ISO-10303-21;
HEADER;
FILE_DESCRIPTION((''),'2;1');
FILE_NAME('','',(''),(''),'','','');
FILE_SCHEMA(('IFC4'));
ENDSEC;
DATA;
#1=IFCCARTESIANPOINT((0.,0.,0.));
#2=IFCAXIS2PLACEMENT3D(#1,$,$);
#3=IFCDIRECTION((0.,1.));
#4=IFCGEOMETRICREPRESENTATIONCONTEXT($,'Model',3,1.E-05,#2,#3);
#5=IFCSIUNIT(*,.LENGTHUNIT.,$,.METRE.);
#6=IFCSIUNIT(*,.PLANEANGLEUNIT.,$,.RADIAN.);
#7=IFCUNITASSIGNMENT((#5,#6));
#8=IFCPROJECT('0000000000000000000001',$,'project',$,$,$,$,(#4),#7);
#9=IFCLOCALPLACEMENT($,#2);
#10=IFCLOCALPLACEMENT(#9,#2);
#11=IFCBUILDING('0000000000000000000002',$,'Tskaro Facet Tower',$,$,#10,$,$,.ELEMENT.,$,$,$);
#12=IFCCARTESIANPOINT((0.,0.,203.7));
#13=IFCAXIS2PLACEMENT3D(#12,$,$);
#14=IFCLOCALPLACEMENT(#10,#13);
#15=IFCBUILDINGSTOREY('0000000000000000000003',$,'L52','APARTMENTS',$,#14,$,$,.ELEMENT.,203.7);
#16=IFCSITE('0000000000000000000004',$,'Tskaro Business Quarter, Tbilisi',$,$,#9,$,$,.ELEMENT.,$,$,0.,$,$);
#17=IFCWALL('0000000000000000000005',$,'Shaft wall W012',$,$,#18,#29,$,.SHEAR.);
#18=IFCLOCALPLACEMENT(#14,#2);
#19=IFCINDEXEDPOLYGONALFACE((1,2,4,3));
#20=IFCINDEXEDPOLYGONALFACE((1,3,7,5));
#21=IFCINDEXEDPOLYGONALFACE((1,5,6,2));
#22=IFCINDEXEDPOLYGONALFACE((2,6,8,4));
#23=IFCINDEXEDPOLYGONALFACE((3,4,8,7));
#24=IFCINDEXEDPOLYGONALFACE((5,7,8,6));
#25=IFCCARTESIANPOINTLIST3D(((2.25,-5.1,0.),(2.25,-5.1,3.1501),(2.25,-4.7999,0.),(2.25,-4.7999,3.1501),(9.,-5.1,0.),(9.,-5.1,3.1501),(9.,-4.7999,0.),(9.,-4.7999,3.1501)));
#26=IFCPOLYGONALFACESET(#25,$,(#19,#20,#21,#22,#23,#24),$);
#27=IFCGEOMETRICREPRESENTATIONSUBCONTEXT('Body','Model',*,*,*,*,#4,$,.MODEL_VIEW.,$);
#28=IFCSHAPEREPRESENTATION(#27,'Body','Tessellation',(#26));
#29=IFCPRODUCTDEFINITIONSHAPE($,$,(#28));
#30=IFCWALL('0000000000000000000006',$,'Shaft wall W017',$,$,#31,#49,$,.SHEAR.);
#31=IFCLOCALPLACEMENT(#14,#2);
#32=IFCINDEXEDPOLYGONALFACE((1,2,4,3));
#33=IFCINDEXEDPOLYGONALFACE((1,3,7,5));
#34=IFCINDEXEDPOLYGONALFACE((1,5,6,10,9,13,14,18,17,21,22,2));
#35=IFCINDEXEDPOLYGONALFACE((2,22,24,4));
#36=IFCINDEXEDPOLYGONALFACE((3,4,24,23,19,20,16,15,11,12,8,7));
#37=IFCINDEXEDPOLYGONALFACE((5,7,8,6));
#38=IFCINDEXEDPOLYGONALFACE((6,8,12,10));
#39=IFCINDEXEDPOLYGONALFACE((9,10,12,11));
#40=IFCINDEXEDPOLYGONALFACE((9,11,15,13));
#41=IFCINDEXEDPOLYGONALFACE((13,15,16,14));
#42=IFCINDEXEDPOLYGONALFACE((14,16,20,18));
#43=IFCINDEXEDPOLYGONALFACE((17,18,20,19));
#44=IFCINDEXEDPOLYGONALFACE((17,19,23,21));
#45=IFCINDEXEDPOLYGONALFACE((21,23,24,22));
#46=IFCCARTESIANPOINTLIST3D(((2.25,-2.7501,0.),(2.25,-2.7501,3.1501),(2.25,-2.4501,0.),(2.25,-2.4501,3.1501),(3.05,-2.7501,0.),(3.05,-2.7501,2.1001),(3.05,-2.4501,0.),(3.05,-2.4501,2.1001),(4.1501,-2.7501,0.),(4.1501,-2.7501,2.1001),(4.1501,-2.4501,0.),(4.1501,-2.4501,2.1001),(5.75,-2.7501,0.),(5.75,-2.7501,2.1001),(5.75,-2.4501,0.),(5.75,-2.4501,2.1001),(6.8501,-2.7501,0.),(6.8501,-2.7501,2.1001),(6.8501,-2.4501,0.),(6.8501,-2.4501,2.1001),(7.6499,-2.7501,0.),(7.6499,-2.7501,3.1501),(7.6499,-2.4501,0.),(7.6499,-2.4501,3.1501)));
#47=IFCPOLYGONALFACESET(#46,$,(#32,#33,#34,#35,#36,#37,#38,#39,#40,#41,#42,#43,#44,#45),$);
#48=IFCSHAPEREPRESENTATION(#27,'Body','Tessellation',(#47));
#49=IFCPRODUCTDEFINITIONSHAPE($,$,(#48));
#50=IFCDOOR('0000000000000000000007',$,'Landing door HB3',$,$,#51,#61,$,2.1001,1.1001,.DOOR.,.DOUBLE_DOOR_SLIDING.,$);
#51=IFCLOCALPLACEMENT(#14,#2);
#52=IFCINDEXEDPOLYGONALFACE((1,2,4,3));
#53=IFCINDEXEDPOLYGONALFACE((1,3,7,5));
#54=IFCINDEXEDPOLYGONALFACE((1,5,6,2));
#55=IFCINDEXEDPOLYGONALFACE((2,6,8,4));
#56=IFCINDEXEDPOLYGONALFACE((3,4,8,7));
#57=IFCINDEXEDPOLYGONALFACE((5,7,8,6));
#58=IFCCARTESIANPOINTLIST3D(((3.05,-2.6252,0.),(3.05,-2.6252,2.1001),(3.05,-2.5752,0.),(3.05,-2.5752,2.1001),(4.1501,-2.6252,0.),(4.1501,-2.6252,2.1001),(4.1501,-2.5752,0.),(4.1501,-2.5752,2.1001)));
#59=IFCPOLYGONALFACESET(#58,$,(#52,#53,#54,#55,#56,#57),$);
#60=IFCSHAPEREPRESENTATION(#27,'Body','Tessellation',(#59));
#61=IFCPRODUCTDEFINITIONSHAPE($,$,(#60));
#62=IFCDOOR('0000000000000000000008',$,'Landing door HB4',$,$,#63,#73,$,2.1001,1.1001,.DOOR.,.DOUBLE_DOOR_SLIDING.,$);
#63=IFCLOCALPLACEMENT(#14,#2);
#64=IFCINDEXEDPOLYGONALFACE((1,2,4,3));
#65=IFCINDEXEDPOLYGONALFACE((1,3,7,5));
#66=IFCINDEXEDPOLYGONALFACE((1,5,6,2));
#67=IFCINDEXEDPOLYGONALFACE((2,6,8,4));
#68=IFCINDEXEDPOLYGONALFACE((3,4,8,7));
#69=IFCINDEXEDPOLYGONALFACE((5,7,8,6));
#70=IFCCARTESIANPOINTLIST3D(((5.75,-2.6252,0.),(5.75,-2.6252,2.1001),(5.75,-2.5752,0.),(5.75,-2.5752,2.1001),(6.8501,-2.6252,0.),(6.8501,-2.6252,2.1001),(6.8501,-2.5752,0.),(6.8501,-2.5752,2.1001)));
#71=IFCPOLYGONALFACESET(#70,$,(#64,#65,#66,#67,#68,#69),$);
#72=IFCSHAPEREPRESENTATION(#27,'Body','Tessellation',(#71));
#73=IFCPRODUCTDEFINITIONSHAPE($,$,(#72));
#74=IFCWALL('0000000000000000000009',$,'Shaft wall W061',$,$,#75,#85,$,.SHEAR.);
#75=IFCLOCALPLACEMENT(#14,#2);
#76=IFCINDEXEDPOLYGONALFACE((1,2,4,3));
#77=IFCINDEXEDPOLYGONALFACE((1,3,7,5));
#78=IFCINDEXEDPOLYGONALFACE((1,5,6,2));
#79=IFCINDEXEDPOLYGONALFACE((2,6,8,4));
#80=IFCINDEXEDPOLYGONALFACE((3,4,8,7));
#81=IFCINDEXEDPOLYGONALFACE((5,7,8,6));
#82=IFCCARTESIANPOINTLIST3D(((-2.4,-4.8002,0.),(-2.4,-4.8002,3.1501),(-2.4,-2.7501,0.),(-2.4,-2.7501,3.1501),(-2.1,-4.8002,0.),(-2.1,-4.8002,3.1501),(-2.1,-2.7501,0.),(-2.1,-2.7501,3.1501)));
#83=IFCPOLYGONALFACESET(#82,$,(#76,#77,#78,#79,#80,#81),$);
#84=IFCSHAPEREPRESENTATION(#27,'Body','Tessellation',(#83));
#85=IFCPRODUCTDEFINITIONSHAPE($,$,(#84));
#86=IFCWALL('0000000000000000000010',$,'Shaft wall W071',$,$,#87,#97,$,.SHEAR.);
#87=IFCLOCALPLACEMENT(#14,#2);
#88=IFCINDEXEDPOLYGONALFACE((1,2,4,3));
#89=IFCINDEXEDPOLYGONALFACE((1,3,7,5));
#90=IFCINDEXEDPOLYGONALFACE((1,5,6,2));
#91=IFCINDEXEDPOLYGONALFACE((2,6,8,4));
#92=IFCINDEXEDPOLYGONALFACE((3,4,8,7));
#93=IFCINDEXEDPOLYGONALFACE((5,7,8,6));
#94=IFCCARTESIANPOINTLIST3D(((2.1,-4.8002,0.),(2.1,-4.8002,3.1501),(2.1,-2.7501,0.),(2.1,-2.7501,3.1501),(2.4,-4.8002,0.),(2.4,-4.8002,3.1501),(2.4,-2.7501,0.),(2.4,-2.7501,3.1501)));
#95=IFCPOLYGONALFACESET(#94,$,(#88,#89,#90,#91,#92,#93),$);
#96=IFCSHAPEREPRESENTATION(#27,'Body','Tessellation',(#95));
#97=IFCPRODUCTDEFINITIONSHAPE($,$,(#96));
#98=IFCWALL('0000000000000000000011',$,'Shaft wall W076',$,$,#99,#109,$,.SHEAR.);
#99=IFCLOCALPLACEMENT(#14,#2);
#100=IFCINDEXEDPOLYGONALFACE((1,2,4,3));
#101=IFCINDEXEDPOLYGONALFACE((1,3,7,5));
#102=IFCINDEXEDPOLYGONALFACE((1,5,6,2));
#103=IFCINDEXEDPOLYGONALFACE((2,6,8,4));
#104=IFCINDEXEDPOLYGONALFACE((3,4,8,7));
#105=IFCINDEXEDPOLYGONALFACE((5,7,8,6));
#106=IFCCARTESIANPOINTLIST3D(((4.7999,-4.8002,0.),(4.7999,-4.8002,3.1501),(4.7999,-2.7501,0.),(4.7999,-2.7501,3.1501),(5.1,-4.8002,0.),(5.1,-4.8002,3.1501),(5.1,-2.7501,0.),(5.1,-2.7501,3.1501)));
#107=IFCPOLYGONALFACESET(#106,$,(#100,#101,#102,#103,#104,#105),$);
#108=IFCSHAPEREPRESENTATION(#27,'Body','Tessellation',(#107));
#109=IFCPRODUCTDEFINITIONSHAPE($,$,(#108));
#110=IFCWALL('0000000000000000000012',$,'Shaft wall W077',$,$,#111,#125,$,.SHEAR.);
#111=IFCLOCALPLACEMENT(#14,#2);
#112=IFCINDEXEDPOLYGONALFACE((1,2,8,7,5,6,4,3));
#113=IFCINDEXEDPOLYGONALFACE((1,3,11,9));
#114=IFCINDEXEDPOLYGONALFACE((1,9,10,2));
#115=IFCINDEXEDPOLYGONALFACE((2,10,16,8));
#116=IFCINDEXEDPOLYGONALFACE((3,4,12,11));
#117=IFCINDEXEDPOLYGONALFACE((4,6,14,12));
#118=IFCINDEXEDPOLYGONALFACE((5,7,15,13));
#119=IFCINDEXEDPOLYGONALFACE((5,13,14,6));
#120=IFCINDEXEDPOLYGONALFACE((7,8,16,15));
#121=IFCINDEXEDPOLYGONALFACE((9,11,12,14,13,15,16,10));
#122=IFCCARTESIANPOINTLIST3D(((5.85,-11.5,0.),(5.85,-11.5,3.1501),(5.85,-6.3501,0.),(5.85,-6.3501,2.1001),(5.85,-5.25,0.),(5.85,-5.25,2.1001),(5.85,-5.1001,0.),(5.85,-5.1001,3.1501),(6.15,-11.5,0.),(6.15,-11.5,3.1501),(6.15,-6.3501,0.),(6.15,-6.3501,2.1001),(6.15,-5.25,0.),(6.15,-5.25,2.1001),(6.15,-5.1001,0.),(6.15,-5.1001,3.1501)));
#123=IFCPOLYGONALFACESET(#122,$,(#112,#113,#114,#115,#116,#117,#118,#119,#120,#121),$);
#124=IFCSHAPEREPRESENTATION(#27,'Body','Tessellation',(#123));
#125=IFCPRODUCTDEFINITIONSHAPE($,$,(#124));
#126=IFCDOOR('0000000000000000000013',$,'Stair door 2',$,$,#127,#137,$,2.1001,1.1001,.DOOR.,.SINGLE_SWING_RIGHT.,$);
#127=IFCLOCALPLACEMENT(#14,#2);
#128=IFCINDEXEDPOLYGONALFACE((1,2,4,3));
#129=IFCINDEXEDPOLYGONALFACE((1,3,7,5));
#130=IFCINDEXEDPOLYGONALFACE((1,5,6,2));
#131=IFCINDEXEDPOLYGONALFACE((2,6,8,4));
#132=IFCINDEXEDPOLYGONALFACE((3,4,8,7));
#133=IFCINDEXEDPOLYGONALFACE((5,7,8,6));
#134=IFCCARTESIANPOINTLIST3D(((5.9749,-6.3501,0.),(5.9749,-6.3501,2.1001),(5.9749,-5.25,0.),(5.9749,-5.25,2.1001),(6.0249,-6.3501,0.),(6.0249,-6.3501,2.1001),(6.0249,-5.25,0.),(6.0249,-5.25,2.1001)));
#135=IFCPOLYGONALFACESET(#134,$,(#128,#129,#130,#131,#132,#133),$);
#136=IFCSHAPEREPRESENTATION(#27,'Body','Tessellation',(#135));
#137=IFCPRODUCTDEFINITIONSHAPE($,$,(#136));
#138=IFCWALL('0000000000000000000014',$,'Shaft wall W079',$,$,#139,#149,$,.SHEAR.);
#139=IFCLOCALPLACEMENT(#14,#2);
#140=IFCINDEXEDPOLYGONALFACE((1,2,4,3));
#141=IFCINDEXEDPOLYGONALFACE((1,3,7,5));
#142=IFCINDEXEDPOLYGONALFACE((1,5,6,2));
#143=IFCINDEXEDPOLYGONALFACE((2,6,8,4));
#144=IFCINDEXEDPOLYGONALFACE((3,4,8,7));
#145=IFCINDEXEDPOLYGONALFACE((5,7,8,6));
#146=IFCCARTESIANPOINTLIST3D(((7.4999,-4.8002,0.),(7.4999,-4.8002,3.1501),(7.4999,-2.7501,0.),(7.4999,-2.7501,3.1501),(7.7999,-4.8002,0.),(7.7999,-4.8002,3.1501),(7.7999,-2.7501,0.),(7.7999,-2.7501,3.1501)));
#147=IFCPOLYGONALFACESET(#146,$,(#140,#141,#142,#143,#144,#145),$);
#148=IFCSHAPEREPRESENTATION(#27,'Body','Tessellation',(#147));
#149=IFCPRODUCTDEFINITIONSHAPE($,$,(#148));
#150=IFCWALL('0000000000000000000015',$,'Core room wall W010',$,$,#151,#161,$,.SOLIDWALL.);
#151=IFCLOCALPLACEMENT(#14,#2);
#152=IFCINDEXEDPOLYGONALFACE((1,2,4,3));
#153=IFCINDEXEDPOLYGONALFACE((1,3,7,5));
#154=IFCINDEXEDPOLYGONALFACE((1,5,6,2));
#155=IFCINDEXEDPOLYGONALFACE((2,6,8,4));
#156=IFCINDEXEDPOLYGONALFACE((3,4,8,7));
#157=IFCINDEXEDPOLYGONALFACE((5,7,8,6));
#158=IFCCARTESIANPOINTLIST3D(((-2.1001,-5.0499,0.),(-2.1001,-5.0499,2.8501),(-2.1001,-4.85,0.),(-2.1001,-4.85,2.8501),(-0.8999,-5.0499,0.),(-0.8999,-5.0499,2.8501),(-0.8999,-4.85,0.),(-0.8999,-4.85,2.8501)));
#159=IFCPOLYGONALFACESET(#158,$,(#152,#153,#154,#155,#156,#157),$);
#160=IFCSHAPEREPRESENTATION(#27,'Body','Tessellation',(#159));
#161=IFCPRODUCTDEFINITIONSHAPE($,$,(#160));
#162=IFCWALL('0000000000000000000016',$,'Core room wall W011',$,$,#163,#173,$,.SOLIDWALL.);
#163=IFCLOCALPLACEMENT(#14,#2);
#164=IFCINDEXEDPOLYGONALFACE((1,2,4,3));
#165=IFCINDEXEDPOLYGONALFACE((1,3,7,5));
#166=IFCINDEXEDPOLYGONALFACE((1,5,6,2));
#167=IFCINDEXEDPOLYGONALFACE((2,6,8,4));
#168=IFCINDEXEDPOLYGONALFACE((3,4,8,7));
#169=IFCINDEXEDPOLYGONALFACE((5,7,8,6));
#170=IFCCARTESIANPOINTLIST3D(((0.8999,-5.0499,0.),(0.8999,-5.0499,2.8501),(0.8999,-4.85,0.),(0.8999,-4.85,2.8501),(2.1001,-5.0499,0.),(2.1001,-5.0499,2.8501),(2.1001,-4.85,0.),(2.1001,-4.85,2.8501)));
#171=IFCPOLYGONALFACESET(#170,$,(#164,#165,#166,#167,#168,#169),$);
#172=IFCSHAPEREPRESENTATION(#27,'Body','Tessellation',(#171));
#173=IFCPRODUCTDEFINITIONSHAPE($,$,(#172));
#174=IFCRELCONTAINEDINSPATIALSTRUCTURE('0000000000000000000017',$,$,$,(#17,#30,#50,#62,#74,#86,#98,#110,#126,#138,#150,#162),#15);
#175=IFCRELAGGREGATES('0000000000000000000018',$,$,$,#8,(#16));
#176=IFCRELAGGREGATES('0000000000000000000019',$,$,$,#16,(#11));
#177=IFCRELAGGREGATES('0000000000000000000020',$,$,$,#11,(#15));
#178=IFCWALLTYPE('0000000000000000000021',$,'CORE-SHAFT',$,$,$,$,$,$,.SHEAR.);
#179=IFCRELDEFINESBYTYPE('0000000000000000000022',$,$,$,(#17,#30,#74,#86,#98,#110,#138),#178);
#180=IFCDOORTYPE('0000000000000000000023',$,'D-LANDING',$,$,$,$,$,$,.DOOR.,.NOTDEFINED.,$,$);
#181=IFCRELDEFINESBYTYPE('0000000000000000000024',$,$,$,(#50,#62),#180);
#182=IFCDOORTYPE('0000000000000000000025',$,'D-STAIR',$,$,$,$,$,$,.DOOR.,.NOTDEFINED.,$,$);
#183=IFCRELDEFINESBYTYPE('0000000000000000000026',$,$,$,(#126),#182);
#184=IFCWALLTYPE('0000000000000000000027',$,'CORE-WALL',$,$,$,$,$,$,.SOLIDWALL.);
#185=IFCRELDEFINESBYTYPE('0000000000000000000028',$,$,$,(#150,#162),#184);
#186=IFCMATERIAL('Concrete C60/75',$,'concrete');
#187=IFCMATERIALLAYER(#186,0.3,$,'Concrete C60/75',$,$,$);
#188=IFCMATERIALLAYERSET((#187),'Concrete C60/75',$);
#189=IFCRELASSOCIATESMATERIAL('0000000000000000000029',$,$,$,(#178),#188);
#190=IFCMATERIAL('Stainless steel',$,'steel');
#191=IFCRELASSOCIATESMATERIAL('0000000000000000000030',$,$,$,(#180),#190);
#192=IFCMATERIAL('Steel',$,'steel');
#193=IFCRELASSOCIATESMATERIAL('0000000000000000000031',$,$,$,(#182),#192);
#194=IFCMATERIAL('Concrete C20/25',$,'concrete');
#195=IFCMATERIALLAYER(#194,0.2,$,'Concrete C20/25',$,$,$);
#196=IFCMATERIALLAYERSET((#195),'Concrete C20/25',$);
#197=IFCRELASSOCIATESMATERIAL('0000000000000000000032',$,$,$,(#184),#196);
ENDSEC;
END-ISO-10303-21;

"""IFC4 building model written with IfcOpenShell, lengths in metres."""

from ifc_helpers import new_model, si_unit, direction, frame, frame_2d, origin, place, context, subcontext, project, spatial, rectangle, extrude, material, layer, layer_set, type_object, element, fill, save


model = new_model("IFC4")

# Units and contexts
model_context = context("Model", 3, precision=1e-05, world=origin(), true_north=direction((0.0, 1.0)))
body_context = subcontext(model_context, "Body", "Model", "MODEL_VIEW")
ifc_project = project(units=[si_unit("LENGTHUNIT", "METRE"), si_unit("PLANEANGLEUNIT", "RADIAN")], contexts=[model_context])

# Site, building, storey
site_placement = place(None, origin())
site = spatial("IfcSite", under=ifc_project, at=site_placement, Name="Tskaro Business Quarter, Tbilisi", CompositionType="ELEMENT", RefElevation=0.0)
building_placement = place(site_placement, origin())
building = spatial("IfcBuilding", under=site, at=building_placement, Name="Tskaro Facet Tower", CompositionType="ELEMENT")
storey_placement = place(building_placement, frame((0.0, 0.0, 203.7)))
storey = spatial("IfcBuildingStorey", under=building, at=storey_placement, Name="L52", Description="APARTMENTS", CompositionType="ELEMENT", Elevation=203.7)

# Shared definitions
ifc_material_1 = material(Name="Concrete C60/75", Category="concrete")

# Wall
ifc_layer_1 = layer(ifc_material_1, 0.3, Name="Concrete C60/75")
ifc_layer_set_1 = layer_set([ifc_layer_1], Name="Concrete C60/75")
wall_type_1 = type_object("IfcWallType", Name="CORE-SHAFT", PredefinedType="SHEAR", material=ifc_layer_set_1)
wall_1_placement = place(storey_placement, frame((2.25, -4.95, 0.0), z_axis=(0.0, 0.0, 1.0), x_axis=(1.0, 0.0, 0.0)))
element("IfcWall", 1, at=wall_1_placement, inside=storey, type_object=wall_type_1, Name="Shaft wall W012", PredefinedType="SHEAR", context=body_context, shape_type="SweptSolid", body=[
    extrude(rectangle(XDim=6.75, YDim=0.3, at=frame_2d((3.375, 0.0))), origin(), (0.0, 0.0, 1.0), 3.1501),
])

# Wall, openings, doors
wall_2_placement = place(storey_placement, frame((2.25, -2.6001, 0.0), z_axis=(0.0, 0.0, 1.0), x_axis=(1.0, 0.0, 0.0)))
wall_2 = element("IfcWall", 2, at=wall_2_placement, inside=storey, type_object=wall_type_1, Name="Shaft wall W017", PredefinedType="SHEAR", context=body_context, shape_type="SweptSolid", body=[
    extrude(rectangle(XDim=5.3999, YDim=0.3, at=frame_2d((2.7, 0.0))), origin(), (0.0, 0.0, 1.0), 3.1501),
])
opening_1_placement = place(wall_2_placement, frame((0.8, 0.0, 0.0)))
opening_1 = element("IfcOpeningElement", 3, at=opening_1_placement, cuts=wall_2, PredefinedType="OPENING", context=body_context, shape_type="SweptSolid", body=[
    extrude(rectangle(XDim=1.1001, YDim=2.1001, at=frame_2d((0.55, 1.05))), frame((0.0, 0.1599, 0.0), z_axis=(0.0, -1.0, 0.0), x_axis=(1.0, 0.0, 0.0)), (0.0, 0.0, 1.0), 0.3201),
])
opening_2_placement = place(wall_2_placement, frame((3.5, 0.0, 0.0)))
opening_2 = element("IfcOpeningElement", 4, at=opening_2_placement, cuts=wall_2, PredefinedType="OPENING", context=body_context, shape_type="SweptSolid", body=[
    extrude(rectangle(XDim=1.1001, YDim=2.1001, at=frame_2d((0.55, 1.05))), frame((0.0, 0.1599, 0.0), z_axis=(0.0, -1.0, 0.0), x_axis=(1.0, 0.0, 0.0)), (0.0, 0.0, 1.0), 0.3201),
])
ifc_material_2 = material(Name="Stainless steel", Category="steel")
door_type_1 = type_object("IfcDoorType", Name="D-LANDING", OperationType="NOTDEFINED", PredefinedType="DOOR", material=ifc_material_2)
door_1_placement = place(opening_1_placement, origin())
door_1 = element("IfcDoor", 5, at=door_1_placement, inside=storey, type_object=door_type_1, Name="Landing door HB3", OperationType="DOUBLE_DOOR_SLIDING", OverallHeight=2.1001, OverallWidth=1.1001, PredefinedType="DOOR", context=body_context, shape_type="SweptSolid", body=[
    extrude(rectangle(XDim=1.1001, YDim=2.1001, at=frame_2d((0.55, 1.05))), frame((0.0, 0.0249, 0.0), z_axis=(0.0, -1.0, 0.0), x_axis=(1.0, 0.0, 0.0)), (0.0, 0.0, 1.0), 0.05),
])
fill(opening_1, door_1)
door_2_placement = place(opening_2_placement, origin())
door_2 = element("IfcDoor", 6, at=door_2_placement, inside=storey, type_object=door_type_1, Name="Landing door HB4", OperationType="DOUBLE_DOOR_SLIDING", OverallHeight=2.1001, OverallWidth=1.1001, PredefinedType="DOOR", context=body_context, shape_type="SweptSolid", body=[
    extrude(rectangle(XDim=1.1001, YDim=2.1001, at=frame_2d((0.55, 1.05))), frame((0.0, 0.0249, 0.0), z_axis=(0.0, -1.0, 0.0), x_axis=(1.0, 0.0, 0.0)), (0.0, 0.0, 1.0), 0.05),
])
fill(opening_2, door_2)

# Walls
for number, where, z_axis, x_axis, name in (
    (7, (-2.25, -4.8, 0.0), (0.0, 0.0, 1.0), (0.0, 1.0, 0.0), "Shaft wall W061"),
    (8, (2.25, -4.8, 0.0), (0.0, 0.0, 1.0), (0.0, 1.0, 0.0), "Shaft wall W071"),
    (9, (4.95, -4.8, 0.0), (0.0, 0.0, 1.0), (0.0, 1.0, 0.0), "Shaft wall W076"),
):
    element("IfcWall", number, at=place(storey_placement, frame(where, z_axis=z_axis, x_axis=x_axis)), inside=storey, type_object=wall_type_1, Name=name, PredefinedType="SHEAR", context=body_context, shape_type="SweptSolid", body=[
        extrude(rectangle(XDim=2.05, YDim=0.3, at=frame_2d((1.0249, 0.0))), origin(), (0.0, 0.0, 1.0), 3.1501),
    ])

# Wall, opening, door
wall_3_placement = place(storey_placement, frame((6.0, -5.1001, 0.0), z_axis=(0.0, 0.0, 1.0), x_axis=(0.0, -1.0, 0.0)))
wall_3 = element("IfcWall", 10, at=wall_3_placement, inside=storey, type_object=wall_type_1, Name="Shaft wall W077", PredefinedType="SHEAR", context=body_context, shape_type="SweptSolid", body=[
    extrude(rectangle(XDim=6.3999, YDim=0.3, at=frame_2d((3.2, 0.0))), origin(), (0.0, 0.0, 1.0), 3.1501),
])
opening_3_placement = place(wall_3_placement, frame((0.1499, 0.0, 0.0)))
opening_3 = element("IfcOpeningElement", 11, at=opening_3_placement, cuts=wall_3, PredefinedType="OPENING", context=body_context, shape_type="SweptSolid", body=[
    extrude(rectangle(XDim=1.1001, YDim=2.1001, at=frame_2d((0.55, 1.05))), frame((0.0, 0.1599, 0.0), z_axis=(0.0, -1.0, 0.0), x_axis=(1.0, 0.0, 0.0)), (0.0, 0.0, 1.0), 0.3201),
])
ifc_material_3 = material(Name="Steel", Category="steel")
door_type_2 = type_object("IfcDoorType", Name="D-STAIR", OperationType="NOTDEFINED", PredefinedType="DOOR", material=ifc_material_3)
door_3_placement = place(opening_3_placement, origin())
door_3 = element("IfcDoor", 12, at=door_3_placement, inside=storey, type_object=door_type_2, Name="Stair door 2", OperationType="SINGLE_SWING_RIGHT", OverallHeight=2.1001, OverallWidth=1.1001, PredefinedType="DOOR", context=body_context, shape_type="SweptSolid", body=[
    extrude(rectangle(XDim=1.1001, YDim=2.1001, at=frame_2d((0.55, 1.05))), frame((0.0, 0.0249, 0.0), z_axis=(0.0, -1.0, 0.0), x_axis=(1.0, 0.0, 0.0)), (0.0, 0.0, 1.0), 0.05),
])
fill(opening_3, door_3)

# Walls
wall_4_placement = place(storey_placement, frame((7.6499, -4.8, 0.0), z_axis=(0.0, 0.0, 1.0), x_axis=(0.0, 1.0, 0.0)))
element("IfcWall", 13, at=wall_4_placement, inside=storey, type_object=wall_type_1, Name="Shaft wall W079", PredefinedType="SHEAR", context=body_context, shape_type="SweptSolid", body=[
    extrude(rectangle(XDim=2.05, YDim=0.3, at=frame_2d((1.0249, 0.0))), origin(), (0.0, 0.0, 1.0), 3.1501),
])
ifc_material_4 = material(Name="Concrete C20/25", Category="concrete")
ifc_layer_2 = layer(ifc_material_4, 0.2, Name="Concrete C20/25")
ifc_layer_set_2 = layer_set([ifc_layer_2], Name="Concrete C20/25")
wall_type_2 = type_object("IfcWallType", Name="CORE-WALL", PredefinedType="SOLIDWALL", material=ifc_layer_set_2)
for number, where, z_axis, x_axis, name in (
    (14, (-2.1001, -4.95, 0.0), (0.0, 0.0, 1.0), (1.0, 0.0, 0.0), "Core room wall W010"),
    (15, (0.8999, -4.95, 0.0), (0.0, 0.0, 1.0), (1.0, 0.0, 0.0), "Core room wall W011"),
):
    element("IfcWall", number, at=place(storey_placement, frame(where, z_axis=z_axis, x_axis=x_axis)), inside=storey, type_object=wall_type_2, Name=name, PredefinedType="SOLIDWALL", context=body_context, shape_type="SweptSolid", body=[
        extrude(rectangle(XDim=1.2002, YDim=0.2, at=frame_2d((0.6001, 0.0))), origin(), (0.0, 0.0, 1.0), 2.8501),
    ])

save(model, "model.ifc")
